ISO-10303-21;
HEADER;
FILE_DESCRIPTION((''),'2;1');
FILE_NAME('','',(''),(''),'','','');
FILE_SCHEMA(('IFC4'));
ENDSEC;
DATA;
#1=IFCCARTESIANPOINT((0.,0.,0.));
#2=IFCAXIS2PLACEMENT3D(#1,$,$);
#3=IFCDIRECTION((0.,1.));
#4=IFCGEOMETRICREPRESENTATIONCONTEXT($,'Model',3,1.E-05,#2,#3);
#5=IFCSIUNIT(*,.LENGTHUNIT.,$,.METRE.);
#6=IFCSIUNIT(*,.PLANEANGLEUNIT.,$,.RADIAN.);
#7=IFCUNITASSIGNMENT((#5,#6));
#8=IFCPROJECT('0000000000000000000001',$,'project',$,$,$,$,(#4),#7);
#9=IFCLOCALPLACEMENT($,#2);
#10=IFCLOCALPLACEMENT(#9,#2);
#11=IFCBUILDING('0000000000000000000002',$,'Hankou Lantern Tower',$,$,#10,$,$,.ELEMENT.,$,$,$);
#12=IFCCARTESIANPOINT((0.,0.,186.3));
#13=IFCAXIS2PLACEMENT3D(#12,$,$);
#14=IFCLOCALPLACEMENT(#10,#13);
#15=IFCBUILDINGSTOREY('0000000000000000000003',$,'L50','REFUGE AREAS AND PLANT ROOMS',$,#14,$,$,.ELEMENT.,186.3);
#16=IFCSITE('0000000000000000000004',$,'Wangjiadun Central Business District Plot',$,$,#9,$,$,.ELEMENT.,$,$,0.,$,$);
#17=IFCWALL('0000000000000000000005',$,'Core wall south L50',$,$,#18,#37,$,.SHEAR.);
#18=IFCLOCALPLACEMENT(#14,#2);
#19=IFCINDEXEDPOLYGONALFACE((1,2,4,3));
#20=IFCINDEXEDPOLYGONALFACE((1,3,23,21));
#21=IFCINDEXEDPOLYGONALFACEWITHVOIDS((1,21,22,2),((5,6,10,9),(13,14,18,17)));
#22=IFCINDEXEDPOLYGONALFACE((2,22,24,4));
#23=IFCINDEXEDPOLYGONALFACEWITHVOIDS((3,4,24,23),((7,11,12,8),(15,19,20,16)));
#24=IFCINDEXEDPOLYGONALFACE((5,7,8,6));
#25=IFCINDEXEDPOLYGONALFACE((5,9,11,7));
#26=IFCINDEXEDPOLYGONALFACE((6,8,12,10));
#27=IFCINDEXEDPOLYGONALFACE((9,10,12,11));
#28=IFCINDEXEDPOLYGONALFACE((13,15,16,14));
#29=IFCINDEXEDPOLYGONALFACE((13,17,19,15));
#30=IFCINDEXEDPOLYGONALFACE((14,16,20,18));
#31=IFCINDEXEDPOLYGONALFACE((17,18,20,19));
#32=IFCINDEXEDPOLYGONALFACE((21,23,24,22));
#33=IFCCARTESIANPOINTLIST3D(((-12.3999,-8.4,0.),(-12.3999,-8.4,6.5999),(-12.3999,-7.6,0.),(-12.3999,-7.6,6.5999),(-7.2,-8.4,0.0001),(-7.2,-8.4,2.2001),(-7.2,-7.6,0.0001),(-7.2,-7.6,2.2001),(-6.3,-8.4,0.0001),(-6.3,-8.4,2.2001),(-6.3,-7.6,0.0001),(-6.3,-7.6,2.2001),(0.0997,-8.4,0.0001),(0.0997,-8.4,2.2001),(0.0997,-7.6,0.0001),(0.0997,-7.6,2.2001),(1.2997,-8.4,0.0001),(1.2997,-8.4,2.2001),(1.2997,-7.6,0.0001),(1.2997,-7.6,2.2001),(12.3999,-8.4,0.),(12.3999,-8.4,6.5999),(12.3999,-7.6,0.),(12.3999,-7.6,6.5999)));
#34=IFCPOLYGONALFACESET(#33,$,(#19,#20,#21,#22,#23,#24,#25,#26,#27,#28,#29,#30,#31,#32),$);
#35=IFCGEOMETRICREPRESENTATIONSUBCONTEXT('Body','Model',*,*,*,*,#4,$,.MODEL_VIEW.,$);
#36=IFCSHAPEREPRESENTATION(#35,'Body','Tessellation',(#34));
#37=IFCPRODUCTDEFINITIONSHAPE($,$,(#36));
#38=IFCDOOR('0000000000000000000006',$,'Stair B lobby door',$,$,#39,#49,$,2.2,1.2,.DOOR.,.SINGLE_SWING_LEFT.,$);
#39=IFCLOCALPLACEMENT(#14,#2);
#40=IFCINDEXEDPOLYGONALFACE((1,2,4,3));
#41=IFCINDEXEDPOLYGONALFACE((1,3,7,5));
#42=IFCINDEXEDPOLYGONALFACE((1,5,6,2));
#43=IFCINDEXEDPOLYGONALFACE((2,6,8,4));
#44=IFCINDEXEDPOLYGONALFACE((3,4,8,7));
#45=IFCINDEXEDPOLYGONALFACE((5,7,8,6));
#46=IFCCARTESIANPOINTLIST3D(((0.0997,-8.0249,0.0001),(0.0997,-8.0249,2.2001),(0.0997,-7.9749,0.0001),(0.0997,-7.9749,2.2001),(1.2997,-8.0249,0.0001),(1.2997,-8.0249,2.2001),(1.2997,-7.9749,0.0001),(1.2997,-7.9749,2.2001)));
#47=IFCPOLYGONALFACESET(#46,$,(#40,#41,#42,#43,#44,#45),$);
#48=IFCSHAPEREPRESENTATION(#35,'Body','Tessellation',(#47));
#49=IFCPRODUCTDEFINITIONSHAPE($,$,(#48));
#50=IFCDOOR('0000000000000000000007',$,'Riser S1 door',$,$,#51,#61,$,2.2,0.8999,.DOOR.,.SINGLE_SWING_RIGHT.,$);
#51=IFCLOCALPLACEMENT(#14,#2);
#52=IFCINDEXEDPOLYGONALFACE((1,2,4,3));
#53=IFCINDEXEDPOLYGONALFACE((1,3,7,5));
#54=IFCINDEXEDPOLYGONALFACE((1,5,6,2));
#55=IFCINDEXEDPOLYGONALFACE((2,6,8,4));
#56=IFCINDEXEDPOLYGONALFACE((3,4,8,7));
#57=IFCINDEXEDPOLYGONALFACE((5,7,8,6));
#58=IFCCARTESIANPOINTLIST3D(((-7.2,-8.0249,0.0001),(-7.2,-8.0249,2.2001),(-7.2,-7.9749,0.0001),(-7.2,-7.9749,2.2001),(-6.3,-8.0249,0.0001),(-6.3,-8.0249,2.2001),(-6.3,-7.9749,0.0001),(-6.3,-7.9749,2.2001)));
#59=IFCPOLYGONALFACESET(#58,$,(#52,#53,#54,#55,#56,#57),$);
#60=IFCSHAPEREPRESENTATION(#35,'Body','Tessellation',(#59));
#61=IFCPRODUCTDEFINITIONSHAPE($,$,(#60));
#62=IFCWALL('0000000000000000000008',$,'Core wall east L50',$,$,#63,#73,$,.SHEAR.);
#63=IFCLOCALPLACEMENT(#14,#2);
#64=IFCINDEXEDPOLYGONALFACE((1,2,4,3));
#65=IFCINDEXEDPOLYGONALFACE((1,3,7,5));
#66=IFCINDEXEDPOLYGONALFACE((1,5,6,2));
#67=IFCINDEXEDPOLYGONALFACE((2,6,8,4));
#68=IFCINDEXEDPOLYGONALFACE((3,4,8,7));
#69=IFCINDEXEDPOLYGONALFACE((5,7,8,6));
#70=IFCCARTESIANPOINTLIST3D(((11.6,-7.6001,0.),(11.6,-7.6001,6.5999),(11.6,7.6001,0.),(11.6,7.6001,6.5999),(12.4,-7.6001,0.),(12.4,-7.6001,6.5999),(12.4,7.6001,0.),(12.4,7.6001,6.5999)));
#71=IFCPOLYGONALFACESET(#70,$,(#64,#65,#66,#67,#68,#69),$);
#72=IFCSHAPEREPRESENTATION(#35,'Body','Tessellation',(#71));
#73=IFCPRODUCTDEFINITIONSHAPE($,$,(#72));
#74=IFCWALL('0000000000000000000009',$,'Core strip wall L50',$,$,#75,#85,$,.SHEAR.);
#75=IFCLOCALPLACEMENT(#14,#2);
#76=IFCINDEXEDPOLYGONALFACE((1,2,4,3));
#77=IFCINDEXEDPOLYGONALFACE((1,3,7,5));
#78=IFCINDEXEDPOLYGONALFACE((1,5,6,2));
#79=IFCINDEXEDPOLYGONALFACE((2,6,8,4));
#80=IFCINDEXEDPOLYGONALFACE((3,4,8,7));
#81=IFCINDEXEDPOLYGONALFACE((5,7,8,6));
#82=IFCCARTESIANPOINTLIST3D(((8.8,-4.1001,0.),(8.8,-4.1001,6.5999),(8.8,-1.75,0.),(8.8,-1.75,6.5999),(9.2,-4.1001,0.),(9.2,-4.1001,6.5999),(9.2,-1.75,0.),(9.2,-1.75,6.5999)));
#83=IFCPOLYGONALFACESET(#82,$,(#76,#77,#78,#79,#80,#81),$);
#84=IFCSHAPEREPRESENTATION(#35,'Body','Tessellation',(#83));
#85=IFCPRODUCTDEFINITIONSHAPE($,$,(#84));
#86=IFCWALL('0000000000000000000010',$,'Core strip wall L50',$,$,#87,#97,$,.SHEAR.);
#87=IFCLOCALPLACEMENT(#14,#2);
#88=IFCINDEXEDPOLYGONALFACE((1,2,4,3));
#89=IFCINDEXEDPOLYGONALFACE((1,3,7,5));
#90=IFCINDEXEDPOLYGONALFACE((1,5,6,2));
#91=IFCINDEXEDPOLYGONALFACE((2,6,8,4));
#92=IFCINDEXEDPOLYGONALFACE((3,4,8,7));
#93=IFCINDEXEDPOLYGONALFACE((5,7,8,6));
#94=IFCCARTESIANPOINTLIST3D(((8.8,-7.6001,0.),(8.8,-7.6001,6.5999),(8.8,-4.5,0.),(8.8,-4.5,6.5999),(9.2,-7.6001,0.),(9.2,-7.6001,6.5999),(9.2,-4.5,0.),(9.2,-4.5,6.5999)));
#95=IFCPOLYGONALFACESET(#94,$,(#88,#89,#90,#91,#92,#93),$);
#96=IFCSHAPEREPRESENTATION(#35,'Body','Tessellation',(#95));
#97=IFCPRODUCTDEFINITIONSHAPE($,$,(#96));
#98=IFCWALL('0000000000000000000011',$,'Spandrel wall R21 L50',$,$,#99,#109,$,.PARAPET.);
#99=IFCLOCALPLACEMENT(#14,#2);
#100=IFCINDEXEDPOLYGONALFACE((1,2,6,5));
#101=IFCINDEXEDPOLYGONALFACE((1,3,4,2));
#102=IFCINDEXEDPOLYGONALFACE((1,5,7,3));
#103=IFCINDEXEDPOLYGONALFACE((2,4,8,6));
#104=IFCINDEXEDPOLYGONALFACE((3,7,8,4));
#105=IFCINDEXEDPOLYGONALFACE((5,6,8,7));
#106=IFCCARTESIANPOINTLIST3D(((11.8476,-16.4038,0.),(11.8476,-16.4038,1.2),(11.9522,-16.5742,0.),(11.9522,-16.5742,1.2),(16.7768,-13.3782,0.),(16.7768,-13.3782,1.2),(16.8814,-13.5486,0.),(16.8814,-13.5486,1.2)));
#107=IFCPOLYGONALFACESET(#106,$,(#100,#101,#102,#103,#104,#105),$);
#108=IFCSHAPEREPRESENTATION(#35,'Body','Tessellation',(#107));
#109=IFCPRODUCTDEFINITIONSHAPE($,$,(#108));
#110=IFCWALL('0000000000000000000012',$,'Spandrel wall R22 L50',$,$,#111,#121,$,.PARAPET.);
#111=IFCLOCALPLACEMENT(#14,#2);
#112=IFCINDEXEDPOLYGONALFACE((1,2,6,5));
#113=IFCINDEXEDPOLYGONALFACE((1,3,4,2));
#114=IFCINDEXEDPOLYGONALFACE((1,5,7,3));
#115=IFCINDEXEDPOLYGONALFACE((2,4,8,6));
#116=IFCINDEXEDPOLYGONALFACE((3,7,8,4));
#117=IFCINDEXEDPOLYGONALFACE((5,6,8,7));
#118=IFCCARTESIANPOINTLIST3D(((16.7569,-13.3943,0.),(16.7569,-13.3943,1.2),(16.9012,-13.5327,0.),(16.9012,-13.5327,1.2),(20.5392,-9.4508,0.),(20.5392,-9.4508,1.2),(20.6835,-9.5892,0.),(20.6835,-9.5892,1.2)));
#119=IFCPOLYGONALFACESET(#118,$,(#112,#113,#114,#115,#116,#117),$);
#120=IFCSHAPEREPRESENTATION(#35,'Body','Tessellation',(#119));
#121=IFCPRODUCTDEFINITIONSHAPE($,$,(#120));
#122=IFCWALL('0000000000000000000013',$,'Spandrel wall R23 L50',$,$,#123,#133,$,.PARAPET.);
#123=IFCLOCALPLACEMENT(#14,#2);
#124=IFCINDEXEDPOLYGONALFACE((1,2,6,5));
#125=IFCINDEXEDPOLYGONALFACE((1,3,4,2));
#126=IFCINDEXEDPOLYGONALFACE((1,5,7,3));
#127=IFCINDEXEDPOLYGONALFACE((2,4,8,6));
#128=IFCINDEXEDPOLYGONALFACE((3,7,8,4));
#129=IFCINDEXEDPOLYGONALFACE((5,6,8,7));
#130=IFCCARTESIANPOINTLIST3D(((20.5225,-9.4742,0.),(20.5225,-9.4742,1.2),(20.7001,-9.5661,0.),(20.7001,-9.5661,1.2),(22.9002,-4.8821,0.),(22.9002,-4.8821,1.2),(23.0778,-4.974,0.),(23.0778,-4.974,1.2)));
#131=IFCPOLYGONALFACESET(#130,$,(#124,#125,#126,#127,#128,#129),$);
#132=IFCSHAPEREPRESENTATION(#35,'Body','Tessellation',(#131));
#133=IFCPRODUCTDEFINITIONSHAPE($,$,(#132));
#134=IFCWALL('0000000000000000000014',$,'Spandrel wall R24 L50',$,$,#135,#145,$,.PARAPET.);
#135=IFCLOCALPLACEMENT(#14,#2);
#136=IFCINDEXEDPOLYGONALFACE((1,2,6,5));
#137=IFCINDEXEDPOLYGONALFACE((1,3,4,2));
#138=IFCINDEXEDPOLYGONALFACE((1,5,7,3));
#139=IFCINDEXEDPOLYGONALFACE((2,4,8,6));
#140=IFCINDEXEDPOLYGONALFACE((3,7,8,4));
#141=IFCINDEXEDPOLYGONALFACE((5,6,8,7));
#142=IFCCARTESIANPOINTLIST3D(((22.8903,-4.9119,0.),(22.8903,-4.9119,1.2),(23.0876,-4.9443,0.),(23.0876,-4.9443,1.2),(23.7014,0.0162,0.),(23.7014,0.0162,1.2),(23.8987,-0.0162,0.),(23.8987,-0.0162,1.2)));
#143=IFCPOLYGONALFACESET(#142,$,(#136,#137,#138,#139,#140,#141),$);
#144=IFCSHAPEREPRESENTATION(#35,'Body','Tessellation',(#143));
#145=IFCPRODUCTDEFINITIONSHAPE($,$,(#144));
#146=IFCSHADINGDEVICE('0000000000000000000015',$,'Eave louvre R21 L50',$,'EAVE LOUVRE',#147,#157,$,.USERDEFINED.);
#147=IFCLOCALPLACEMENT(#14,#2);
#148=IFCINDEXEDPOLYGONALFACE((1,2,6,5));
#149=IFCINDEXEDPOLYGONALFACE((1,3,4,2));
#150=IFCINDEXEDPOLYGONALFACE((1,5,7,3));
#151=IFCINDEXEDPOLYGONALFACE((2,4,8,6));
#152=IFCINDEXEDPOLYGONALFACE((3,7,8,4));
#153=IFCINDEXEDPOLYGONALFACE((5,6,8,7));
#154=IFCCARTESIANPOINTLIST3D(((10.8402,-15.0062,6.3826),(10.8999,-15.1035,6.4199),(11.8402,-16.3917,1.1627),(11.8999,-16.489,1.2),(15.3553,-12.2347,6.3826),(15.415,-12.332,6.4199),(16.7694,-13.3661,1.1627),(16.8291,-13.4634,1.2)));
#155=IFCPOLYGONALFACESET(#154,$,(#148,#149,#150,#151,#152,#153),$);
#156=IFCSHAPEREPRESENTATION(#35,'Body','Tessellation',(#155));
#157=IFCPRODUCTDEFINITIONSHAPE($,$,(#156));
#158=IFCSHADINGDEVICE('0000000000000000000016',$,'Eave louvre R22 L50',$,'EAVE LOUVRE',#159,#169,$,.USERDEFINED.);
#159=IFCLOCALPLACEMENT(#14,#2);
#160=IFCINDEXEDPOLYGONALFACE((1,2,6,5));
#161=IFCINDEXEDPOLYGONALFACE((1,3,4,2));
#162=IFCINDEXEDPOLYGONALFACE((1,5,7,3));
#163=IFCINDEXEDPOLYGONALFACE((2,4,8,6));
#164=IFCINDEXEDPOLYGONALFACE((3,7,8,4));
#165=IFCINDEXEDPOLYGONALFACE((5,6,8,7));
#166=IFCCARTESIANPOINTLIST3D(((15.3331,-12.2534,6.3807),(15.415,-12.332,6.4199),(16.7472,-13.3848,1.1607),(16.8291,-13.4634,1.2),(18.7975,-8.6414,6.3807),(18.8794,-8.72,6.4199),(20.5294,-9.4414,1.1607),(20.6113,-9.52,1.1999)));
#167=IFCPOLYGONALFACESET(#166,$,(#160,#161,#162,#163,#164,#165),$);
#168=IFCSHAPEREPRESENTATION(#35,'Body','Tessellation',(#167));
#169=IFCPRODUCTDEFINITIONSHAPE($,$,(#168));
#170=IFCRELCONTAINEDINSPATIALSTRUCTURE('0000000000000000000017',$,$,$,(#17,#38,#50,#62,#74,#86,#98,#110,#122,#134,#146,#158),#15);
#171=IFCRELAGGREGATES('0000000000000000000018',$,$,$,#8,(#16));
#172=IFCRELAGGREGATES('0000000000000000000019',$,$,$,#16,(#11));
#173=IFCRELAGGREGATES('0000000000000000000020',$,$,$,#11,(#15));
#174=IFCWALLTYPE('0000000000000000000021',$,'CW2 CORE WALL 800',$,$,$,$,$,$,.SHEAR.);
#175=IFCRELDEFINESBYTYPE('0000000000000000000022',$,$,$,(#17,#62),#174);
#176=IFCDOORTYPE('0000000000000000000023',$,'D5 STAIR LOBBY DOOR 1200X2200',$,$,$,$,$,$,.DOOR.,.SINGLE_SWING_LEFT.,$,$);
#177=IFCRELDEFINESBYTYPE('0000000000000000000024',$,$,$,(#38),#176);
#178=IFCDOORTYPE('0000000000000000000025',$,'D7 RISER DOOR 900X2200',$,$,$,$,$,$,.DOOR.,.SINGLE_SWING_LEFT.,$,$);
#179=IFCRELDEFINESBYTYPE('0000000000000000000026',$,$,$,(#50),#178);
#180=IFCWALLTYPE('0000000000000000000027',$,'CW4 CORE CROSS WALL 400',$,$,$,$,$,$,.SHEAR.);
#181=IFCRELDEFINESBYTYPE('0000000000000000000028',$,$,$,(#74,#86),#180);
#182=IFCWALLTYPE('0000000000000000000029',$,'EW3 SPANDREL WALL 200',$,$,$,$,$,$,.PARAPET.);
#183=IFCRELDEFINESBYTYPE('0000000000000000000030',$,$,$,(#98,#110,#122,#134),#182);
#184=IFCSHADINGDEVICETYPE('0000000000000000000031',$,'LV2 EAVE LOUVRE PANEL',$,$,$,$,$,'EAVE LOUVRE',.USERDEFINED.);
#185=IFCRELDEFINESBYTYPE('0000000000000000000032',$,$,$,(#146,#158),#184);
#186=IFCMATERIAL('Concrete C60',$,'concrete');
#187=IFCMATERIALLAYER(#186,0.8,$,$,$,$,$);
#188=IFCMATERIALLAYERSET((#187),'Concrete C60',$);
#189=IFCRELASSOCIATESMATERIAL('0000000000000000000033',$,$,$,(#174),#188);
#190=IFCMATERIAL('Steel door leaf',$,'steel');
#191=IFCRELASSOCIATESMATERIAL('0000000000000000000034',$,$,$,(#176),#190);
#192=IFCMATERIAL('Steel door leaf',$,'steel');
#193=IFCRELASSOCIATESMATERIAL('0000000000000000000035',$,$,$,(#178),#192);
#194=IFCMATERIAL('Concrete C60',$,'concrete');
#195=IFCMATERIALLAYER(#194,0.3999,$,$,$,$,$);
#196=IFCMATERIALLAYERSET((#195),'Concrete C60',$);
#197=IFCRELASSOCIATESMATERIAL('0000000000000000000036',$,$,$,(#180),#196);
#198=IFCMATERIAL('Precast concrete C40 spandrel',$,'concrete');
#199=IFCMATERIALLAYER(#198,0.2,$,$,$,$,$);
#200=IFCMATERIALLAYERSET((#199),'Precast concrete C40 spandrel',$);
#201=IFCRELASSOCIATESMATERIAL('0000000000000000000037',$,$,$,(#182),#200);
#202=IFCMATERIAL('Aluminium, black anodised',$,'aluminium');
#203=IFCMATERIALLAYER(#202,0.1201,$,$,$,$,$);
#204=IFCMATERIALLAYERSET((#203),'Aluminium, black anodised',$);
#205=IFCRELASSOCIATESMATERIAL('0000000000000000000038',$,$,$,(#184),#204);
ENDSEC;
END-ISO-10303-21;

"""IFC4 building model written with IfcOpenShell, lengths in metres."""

from ifc_helpers import new_model, si_unit, direction, frame, frame_2d, origin, place, context, subcontext, project, spatial, polyline, rectangle, outline, extrude, material, layer, layer_set, type_object, element, fill, save


model = new_model("IFC4")

# Units and contexts
model_context = context("Model", 3, precision=1e-05, world=origin(), true_north=direction((0.0, 1.0)))
body_context = subcontext(model_context, "Body", "Model", "MODEL_VIEW")
ifc_project = project(units=[si_unit("LENGTHUNIT", "METRE"), si_unit("PLANEANGLEUNIT", "RADIAN")], contexts=[model_context])

# Site, building, storey
site_placement = place(None, origin())
site = spatial("IfcSite", under=ifc_project, at=site_placement, Name="Wangjiadun Central Business District Plot", CompositionType="ELEMENT", RefElevation=0.0)
building_placement = place(site_placement, origin())
building = spatial("IfcBuilding", under=site, at=building_placement, Name="Hankou Lantern Tower", CompositionType="ELEMENT")
storey_placement = place(building_placement, frame((0.0, 0.0, 186.3)))
storey = spatial("IfcBuildingStorey", under=building, at=storey_placement, Name="L50", Description="REFUGE AREAS AND PLANT ROOMS", CompositionType="ELEMENT", Elevation=186.3)

# Wall, openings, doors
ifc_material_1 = material(Name="Concrete C60", Category="concrete")
ifc_layer_1 = layer(ifc_material_1, 0.8)
ifc_layer_set_1 = layer_set([ifc_layer_1], Name="Concrete C60")
wall_type_1 = type_object("IfcWallType", Name="CW2 CORE WALL 800", PredefinedType="SHEAR", material=ifc_layer_set_1)
wall_1_placement = place(storey_placement, frame((12.3999, -8.0, 0.0), z_axis=(0.0, 0.0, 1.0), x_axis=(-1.0, 0.0, 0.0)))
wall_1 = element("IfcWall", 1, at=wall_1_placement, inside=storey, type_object=wall_type_1, Name="Core wall south L50", PredefinedType="SHEAR", context=body_context, shape_type="SweptSolid", body=[
    extrude(rectangle(XDim=24.7998, YDim=0.8, at=frame_2d((12.3999, 0.0))), origin(), (0.0, 0.0, 1.0), 6.5999),
])
opening_1_placement = place(wall_1_placement, frame((11.1001, 0.0, 0.0)))
opening_1 = element("IfcOpeningElement", 2, at=opening_1_placement, cuts=wall_1, PredefinedType="OPENING", context=body_context, shape_type="SweptSolid", body=[
    extrude(rectangle(XDim=1.2, YDim=2.2, at=frame_2d((0.6001, 1.1001))), frame((0.0, 0.4099, 0.0), z_axis=(0.0, -1.0, 0.0), x_axis=(1.0, 0.0, 0.0)), (0.0, 0.0, 1.0), 0.8201),
])
opening_2_placement = place(wall_1_placement, frame((18.7, 0.0, 0.0)))
opening_2 = element("IfcOpeningElement", 3, at=opening_2_placement, cuts=wall_1, PredefinedType="OPENING", context=body_context, shape_type="SweptSolid", body=[
    extrude(rectangle(XDim=0.8999, YDim=2.2, at=frame_2d((0.45, 1.1001))), frame((0.0, 0.4099, 0.0), z_axis=(0.0, -1.0, 0.0), x_axis=(1.0, 0.0, 0.0)), (0.0, 0.0, 1.0), 0.8201),
])
ifc_material_2 = material(Name="Steel door leaf", Category="steel")
door_type_1 = type_object("IfcDoorType", Name="D5 STAIR LOBBY DOOR 1200X2200", OperationType="SINGLE_SWING_LEFT", PredefinedType="DOOR", material=ifc_material_2)
door_1_placement = place(opening_1_placement, origin())
door_1 = element("IfcDoor", 4, at=door_1_placement, inside=storey, type_object=door_type_1, Name="Stair B lobby door", OperationType="SINGLE_SWING_LEFT", OverallHeight=2.2, OverallWidth=1.2, PredefinedType="DOOR", context=body_context, shape_type="SweptSolid", body=[
    extrude(rectangle(XDim=1.2, YDim=2.2, at=frame_2d((0.6001, 1.1001))), frame((0.0, 0.0249, 0.0), z_axis=(0.0, -1.0, 0.0), x_axis=(1.0, 0.0, 0.0)), (0.0, 0.0, 1.0), 0.05),
])
fill(opening_1, door_1)
ifc_material_3 = material(Name="Steel door leaf", Category="steel")
door_type_2 = type_object("IfcDoorType", Name="D7 RISER DOOR 900X2200", OperationType="SINGLE_SWING_LEFT", PredefinedType="DOOR", material=ifc_material_3)
door_2_placement = place(opening_2_placement, origin())
door_2 = element("IfcDoor", 5, at=door_2_placement, inside=storey, type_object=door_type_2, Name="Riser S1 door", OperationType="SINGLE_SWING_RIGHT", OverallHeight=2.2, OverallWidth=0.8999, PredefinedType="DOOR", context=body_context, shape_type="SweptSolid", body=[
    extrude(rectangle(XDim=0.8999, YDim=2.2, at=frame_2d((0.45, 1.1001))), frame((0.0, 0.0249, 0.0), z_axis=(0.0, -1.0, 0.0), x_axis=(1.0, 0.0, 0.0)), (0.0, 0.0, 1.0), 0.05),
])
fill(opening_2, door_2)

# Walls
wall_2_placement = place(storey_placement, frame((12.0, -7.6001, 0.0), z_axis=(0.0, 0.0, 1.0), x_axis=(0.0, 1.0, 0.0)))
element("IfcWall", 6, at=wall_2_placement, inside=storey, type_object=wall_type_1, Name="Core wall east L50", PredefinedType="SHEAR", context=body_context, shape_type="SweptSolid", body=[
    extrude(rectangle(XDim=15.2002, YDim=0.8, at=frame_2d((7.6001, 0.0))), origin(), (0.0, 0.0, 1.0), 6.5999),
])
ifc_material_4 = material(Name="Concrete C60", Category="concrete")
ifc_layer_2 = layer(ifc_material_4, 0.3999)
ifc_layer_set_2 = layer_set([ifc_layer_2], Name="Concrete C60")
wall_type_2 = type_object("IfcWallType", Name="CW4 CORE CROSS WALL 400", PredefinedType="SHEAR", material=ifc_layer_set_2)
wall_3_placement = place(storey_placement, frame((9.0, -4.1001, 0.0), z_axis=(0.0, 0.0, 1.0), x_axis=(0.0, 1.0, 0.0)))
element("IfcWall", 7, at=wall_3_placement, inside=storey, type_object=wall_type_2, Name="Core strip wall L50", PredefinedType="SHEAR", context=body_context, shape_type="SweptSolid", body=[
    extrude(rectangle(XDim=2.3501, YDim=0.3999, at=frame_2d((1.175, 0.0))), origin(), (0.0, 0.0, 1.0), 6.5999),
])
wall_4_placement = place(storey_placement, frame((9.0, -7.6001, 0.0), z_axis=(0.0, 0.0, 1.0), x_axis=(0.0, 1.0, 0.0)))
element("IfcWall", 8, at=wall_4_placement, inside=storey, type_object=wall_type_2, Name="Core strip wall L50", PredefinedType="SHEAR", context=body_context, shape_type="SweptSolid", body=[
    extrude(rectangle(XDim=3.1001, YDim=0.3999, at=frame_2d((1.55, 0.0))), origin(), (0.0, 0.0, 1.0), 6.5999),
])
ifc_material_5 = material(Name="Precast concrete C40 spandrel", Category="concrete")
ifc_layer_3 = layer(ifc_material_5, 0.2)
ifc_layer_set_3 = layer_set([ifc_layer_3], Name="Precast concrete C40 spandrel")
wall_type_3 = type_object("IfcWallType", Name="EW3 SPANDREL WALL 200", PredefinedType="PARAPET", material=ifc_layer_set_3)
wall_5_placement = place(storey_placement, frame((11.8999, -16.489, 0.0), z_axis=(0.0, 0.0, 1.0), x_axis=(0.852253, 0.523129, 0.0)))
element("IfcWall", 9, at=wall_5_placement, inside=storey, type_object=wall_type_3, Name="Spandrel wall R21 L50", PredefinedType="PARAPET", context=body_context, shape_type="SweptSolid", body=[
    extrude(rectangle(XDim=5.7837, YDim=0.2, at=frame_2d((2.8918, 0.0))), origin(), (0.0, 0.0, 1.0), 1.2),
])
wall_6_placement = place(storey_placement, frame((16.8291, -13.4634, 0.0), z_axis=(0.0, 0.0, 1.0), x_axis=(0.692208, 0.721698, 0.0)))
element("IfcWall", 10, at=wall_6_placement, inside=storey, type_object=wall_type_3, Name="Spandrel wall R22 L50", PredefinedType="PARAPET", context=body_context, shape_type="SweptSolid", body=[
    extrude(rectangle(XDim=5.4641, YDim=0.2, at=frame_2d((2.7319, 0.0))), origin(), (0.0, 0.0, 1.0), 1.2),
])
wall_7_placement = place(storey_placement, frame((20.6113, -9.52, 0.0), z_axis=(0.0, 0.0, 1.0), x_axis=(0.459803, 0.888021, 0.0)))
element("IfcWall", 11, at=wall_7_placement, inside=storey, type_object=wall_type_3, Name="Spandrel wall R23 L50", PredefinedType="PARAPET", context=body_context, shape_type="SweptSolid", body=[
    extrude(rectangle(XDim=5.1711, YDim=0.2, at=frame_2d((2.5854, 0.0))), origin(), (0.0, 0.0, 1.0), 1.2),
])
wall_8_placement = place(storey_placement, frame((22.989, -4.928, 0.0), z_axis=(0.0, 0.0, 1.0), x_axis=(0.162393, 0.986726, 0.0)))
element("IfcWall", 12, at=wall_8_placement, inside=storey, type_object=wall_type_3, Name="Spandrel wall R24 L50", PredefinedType="PARAPET", context=body_context, shape_type="SweptSolid", body=[
    extrude(rectangle(XDim=4.9944, YDim=0.2, at=frame_2d((2.4971, 0.0))), origin(), (0.0, 0.0, 1.0), 1.2),
])

# Shading devices
ifc_material_6 = material(Name="Aluminium, black anodised", Category="aluminium")
ifc_layer_4 = layer(ifc_material_6, 0.1201)
ifc_layer_set_4 = layer_set([ifc_layer_4], Name="Aluminium, black anodised")
shading_device_type = type_object("IfcShadingDeviceType", Name="LV2 EAVE LOUVRE PANEL", ElementType="EAVE LOUVRE", PredefinedType="USERDEFINED", material=ifc_layer_set_4)
shading_device_1_placement = place(storey_placement, frame((11.8999, -16.489, 1.2), z_axis=(0.497305, -0.810182, 0.310311), x_axis=(0.852253, 0.52313, 0.0)))
element("IfcShadingDevice", 13, at=shading_device_1_placement, inside=storey, type_object=shading_device_type, Name="Eave louvre R21 L50", ObjectType="EAVE LOUVRE", PredefinedType="USERDEFINED", context=body_context, shape_type="SweptSolid", body=[
    extrude(outline(polyline([(0.0, 0.0), (5.7837, 0.0), (5.1704, 5.491), (-0.1275, 5.491), (0.0, 0.0)])), origin(), (0.0, 0.0, -1.0), 0.1201),
])
shading_device_2_placement = place(storey_placement, frame((16.8291, -13.4634, 1.2), z_axis=(0.682129, -0.654246, 0.32659), x_axis=(0.692203, 0.721703, -0.000002)))
element("IfcShadingDevice", 14, at=shading_device_2_placement, inside=storey, type_object=shading_device_type, Name="Eave louvre R22 L50", ObjectType="EAVE LOUVRE", PredefinedType="USERDEFINED", context=body_context, shape_type="SweptSolid", body=[
    extrude(outline(polyline([(0.0, 0.0), (5.464, 0.0), (4.8425, 5.5228), (-0.1623, 5.5228), (0.0, 0.0)])), origin(), (0.0, 0.0, -1.0), 0.1201),
])

save(model, "model.ifc")
